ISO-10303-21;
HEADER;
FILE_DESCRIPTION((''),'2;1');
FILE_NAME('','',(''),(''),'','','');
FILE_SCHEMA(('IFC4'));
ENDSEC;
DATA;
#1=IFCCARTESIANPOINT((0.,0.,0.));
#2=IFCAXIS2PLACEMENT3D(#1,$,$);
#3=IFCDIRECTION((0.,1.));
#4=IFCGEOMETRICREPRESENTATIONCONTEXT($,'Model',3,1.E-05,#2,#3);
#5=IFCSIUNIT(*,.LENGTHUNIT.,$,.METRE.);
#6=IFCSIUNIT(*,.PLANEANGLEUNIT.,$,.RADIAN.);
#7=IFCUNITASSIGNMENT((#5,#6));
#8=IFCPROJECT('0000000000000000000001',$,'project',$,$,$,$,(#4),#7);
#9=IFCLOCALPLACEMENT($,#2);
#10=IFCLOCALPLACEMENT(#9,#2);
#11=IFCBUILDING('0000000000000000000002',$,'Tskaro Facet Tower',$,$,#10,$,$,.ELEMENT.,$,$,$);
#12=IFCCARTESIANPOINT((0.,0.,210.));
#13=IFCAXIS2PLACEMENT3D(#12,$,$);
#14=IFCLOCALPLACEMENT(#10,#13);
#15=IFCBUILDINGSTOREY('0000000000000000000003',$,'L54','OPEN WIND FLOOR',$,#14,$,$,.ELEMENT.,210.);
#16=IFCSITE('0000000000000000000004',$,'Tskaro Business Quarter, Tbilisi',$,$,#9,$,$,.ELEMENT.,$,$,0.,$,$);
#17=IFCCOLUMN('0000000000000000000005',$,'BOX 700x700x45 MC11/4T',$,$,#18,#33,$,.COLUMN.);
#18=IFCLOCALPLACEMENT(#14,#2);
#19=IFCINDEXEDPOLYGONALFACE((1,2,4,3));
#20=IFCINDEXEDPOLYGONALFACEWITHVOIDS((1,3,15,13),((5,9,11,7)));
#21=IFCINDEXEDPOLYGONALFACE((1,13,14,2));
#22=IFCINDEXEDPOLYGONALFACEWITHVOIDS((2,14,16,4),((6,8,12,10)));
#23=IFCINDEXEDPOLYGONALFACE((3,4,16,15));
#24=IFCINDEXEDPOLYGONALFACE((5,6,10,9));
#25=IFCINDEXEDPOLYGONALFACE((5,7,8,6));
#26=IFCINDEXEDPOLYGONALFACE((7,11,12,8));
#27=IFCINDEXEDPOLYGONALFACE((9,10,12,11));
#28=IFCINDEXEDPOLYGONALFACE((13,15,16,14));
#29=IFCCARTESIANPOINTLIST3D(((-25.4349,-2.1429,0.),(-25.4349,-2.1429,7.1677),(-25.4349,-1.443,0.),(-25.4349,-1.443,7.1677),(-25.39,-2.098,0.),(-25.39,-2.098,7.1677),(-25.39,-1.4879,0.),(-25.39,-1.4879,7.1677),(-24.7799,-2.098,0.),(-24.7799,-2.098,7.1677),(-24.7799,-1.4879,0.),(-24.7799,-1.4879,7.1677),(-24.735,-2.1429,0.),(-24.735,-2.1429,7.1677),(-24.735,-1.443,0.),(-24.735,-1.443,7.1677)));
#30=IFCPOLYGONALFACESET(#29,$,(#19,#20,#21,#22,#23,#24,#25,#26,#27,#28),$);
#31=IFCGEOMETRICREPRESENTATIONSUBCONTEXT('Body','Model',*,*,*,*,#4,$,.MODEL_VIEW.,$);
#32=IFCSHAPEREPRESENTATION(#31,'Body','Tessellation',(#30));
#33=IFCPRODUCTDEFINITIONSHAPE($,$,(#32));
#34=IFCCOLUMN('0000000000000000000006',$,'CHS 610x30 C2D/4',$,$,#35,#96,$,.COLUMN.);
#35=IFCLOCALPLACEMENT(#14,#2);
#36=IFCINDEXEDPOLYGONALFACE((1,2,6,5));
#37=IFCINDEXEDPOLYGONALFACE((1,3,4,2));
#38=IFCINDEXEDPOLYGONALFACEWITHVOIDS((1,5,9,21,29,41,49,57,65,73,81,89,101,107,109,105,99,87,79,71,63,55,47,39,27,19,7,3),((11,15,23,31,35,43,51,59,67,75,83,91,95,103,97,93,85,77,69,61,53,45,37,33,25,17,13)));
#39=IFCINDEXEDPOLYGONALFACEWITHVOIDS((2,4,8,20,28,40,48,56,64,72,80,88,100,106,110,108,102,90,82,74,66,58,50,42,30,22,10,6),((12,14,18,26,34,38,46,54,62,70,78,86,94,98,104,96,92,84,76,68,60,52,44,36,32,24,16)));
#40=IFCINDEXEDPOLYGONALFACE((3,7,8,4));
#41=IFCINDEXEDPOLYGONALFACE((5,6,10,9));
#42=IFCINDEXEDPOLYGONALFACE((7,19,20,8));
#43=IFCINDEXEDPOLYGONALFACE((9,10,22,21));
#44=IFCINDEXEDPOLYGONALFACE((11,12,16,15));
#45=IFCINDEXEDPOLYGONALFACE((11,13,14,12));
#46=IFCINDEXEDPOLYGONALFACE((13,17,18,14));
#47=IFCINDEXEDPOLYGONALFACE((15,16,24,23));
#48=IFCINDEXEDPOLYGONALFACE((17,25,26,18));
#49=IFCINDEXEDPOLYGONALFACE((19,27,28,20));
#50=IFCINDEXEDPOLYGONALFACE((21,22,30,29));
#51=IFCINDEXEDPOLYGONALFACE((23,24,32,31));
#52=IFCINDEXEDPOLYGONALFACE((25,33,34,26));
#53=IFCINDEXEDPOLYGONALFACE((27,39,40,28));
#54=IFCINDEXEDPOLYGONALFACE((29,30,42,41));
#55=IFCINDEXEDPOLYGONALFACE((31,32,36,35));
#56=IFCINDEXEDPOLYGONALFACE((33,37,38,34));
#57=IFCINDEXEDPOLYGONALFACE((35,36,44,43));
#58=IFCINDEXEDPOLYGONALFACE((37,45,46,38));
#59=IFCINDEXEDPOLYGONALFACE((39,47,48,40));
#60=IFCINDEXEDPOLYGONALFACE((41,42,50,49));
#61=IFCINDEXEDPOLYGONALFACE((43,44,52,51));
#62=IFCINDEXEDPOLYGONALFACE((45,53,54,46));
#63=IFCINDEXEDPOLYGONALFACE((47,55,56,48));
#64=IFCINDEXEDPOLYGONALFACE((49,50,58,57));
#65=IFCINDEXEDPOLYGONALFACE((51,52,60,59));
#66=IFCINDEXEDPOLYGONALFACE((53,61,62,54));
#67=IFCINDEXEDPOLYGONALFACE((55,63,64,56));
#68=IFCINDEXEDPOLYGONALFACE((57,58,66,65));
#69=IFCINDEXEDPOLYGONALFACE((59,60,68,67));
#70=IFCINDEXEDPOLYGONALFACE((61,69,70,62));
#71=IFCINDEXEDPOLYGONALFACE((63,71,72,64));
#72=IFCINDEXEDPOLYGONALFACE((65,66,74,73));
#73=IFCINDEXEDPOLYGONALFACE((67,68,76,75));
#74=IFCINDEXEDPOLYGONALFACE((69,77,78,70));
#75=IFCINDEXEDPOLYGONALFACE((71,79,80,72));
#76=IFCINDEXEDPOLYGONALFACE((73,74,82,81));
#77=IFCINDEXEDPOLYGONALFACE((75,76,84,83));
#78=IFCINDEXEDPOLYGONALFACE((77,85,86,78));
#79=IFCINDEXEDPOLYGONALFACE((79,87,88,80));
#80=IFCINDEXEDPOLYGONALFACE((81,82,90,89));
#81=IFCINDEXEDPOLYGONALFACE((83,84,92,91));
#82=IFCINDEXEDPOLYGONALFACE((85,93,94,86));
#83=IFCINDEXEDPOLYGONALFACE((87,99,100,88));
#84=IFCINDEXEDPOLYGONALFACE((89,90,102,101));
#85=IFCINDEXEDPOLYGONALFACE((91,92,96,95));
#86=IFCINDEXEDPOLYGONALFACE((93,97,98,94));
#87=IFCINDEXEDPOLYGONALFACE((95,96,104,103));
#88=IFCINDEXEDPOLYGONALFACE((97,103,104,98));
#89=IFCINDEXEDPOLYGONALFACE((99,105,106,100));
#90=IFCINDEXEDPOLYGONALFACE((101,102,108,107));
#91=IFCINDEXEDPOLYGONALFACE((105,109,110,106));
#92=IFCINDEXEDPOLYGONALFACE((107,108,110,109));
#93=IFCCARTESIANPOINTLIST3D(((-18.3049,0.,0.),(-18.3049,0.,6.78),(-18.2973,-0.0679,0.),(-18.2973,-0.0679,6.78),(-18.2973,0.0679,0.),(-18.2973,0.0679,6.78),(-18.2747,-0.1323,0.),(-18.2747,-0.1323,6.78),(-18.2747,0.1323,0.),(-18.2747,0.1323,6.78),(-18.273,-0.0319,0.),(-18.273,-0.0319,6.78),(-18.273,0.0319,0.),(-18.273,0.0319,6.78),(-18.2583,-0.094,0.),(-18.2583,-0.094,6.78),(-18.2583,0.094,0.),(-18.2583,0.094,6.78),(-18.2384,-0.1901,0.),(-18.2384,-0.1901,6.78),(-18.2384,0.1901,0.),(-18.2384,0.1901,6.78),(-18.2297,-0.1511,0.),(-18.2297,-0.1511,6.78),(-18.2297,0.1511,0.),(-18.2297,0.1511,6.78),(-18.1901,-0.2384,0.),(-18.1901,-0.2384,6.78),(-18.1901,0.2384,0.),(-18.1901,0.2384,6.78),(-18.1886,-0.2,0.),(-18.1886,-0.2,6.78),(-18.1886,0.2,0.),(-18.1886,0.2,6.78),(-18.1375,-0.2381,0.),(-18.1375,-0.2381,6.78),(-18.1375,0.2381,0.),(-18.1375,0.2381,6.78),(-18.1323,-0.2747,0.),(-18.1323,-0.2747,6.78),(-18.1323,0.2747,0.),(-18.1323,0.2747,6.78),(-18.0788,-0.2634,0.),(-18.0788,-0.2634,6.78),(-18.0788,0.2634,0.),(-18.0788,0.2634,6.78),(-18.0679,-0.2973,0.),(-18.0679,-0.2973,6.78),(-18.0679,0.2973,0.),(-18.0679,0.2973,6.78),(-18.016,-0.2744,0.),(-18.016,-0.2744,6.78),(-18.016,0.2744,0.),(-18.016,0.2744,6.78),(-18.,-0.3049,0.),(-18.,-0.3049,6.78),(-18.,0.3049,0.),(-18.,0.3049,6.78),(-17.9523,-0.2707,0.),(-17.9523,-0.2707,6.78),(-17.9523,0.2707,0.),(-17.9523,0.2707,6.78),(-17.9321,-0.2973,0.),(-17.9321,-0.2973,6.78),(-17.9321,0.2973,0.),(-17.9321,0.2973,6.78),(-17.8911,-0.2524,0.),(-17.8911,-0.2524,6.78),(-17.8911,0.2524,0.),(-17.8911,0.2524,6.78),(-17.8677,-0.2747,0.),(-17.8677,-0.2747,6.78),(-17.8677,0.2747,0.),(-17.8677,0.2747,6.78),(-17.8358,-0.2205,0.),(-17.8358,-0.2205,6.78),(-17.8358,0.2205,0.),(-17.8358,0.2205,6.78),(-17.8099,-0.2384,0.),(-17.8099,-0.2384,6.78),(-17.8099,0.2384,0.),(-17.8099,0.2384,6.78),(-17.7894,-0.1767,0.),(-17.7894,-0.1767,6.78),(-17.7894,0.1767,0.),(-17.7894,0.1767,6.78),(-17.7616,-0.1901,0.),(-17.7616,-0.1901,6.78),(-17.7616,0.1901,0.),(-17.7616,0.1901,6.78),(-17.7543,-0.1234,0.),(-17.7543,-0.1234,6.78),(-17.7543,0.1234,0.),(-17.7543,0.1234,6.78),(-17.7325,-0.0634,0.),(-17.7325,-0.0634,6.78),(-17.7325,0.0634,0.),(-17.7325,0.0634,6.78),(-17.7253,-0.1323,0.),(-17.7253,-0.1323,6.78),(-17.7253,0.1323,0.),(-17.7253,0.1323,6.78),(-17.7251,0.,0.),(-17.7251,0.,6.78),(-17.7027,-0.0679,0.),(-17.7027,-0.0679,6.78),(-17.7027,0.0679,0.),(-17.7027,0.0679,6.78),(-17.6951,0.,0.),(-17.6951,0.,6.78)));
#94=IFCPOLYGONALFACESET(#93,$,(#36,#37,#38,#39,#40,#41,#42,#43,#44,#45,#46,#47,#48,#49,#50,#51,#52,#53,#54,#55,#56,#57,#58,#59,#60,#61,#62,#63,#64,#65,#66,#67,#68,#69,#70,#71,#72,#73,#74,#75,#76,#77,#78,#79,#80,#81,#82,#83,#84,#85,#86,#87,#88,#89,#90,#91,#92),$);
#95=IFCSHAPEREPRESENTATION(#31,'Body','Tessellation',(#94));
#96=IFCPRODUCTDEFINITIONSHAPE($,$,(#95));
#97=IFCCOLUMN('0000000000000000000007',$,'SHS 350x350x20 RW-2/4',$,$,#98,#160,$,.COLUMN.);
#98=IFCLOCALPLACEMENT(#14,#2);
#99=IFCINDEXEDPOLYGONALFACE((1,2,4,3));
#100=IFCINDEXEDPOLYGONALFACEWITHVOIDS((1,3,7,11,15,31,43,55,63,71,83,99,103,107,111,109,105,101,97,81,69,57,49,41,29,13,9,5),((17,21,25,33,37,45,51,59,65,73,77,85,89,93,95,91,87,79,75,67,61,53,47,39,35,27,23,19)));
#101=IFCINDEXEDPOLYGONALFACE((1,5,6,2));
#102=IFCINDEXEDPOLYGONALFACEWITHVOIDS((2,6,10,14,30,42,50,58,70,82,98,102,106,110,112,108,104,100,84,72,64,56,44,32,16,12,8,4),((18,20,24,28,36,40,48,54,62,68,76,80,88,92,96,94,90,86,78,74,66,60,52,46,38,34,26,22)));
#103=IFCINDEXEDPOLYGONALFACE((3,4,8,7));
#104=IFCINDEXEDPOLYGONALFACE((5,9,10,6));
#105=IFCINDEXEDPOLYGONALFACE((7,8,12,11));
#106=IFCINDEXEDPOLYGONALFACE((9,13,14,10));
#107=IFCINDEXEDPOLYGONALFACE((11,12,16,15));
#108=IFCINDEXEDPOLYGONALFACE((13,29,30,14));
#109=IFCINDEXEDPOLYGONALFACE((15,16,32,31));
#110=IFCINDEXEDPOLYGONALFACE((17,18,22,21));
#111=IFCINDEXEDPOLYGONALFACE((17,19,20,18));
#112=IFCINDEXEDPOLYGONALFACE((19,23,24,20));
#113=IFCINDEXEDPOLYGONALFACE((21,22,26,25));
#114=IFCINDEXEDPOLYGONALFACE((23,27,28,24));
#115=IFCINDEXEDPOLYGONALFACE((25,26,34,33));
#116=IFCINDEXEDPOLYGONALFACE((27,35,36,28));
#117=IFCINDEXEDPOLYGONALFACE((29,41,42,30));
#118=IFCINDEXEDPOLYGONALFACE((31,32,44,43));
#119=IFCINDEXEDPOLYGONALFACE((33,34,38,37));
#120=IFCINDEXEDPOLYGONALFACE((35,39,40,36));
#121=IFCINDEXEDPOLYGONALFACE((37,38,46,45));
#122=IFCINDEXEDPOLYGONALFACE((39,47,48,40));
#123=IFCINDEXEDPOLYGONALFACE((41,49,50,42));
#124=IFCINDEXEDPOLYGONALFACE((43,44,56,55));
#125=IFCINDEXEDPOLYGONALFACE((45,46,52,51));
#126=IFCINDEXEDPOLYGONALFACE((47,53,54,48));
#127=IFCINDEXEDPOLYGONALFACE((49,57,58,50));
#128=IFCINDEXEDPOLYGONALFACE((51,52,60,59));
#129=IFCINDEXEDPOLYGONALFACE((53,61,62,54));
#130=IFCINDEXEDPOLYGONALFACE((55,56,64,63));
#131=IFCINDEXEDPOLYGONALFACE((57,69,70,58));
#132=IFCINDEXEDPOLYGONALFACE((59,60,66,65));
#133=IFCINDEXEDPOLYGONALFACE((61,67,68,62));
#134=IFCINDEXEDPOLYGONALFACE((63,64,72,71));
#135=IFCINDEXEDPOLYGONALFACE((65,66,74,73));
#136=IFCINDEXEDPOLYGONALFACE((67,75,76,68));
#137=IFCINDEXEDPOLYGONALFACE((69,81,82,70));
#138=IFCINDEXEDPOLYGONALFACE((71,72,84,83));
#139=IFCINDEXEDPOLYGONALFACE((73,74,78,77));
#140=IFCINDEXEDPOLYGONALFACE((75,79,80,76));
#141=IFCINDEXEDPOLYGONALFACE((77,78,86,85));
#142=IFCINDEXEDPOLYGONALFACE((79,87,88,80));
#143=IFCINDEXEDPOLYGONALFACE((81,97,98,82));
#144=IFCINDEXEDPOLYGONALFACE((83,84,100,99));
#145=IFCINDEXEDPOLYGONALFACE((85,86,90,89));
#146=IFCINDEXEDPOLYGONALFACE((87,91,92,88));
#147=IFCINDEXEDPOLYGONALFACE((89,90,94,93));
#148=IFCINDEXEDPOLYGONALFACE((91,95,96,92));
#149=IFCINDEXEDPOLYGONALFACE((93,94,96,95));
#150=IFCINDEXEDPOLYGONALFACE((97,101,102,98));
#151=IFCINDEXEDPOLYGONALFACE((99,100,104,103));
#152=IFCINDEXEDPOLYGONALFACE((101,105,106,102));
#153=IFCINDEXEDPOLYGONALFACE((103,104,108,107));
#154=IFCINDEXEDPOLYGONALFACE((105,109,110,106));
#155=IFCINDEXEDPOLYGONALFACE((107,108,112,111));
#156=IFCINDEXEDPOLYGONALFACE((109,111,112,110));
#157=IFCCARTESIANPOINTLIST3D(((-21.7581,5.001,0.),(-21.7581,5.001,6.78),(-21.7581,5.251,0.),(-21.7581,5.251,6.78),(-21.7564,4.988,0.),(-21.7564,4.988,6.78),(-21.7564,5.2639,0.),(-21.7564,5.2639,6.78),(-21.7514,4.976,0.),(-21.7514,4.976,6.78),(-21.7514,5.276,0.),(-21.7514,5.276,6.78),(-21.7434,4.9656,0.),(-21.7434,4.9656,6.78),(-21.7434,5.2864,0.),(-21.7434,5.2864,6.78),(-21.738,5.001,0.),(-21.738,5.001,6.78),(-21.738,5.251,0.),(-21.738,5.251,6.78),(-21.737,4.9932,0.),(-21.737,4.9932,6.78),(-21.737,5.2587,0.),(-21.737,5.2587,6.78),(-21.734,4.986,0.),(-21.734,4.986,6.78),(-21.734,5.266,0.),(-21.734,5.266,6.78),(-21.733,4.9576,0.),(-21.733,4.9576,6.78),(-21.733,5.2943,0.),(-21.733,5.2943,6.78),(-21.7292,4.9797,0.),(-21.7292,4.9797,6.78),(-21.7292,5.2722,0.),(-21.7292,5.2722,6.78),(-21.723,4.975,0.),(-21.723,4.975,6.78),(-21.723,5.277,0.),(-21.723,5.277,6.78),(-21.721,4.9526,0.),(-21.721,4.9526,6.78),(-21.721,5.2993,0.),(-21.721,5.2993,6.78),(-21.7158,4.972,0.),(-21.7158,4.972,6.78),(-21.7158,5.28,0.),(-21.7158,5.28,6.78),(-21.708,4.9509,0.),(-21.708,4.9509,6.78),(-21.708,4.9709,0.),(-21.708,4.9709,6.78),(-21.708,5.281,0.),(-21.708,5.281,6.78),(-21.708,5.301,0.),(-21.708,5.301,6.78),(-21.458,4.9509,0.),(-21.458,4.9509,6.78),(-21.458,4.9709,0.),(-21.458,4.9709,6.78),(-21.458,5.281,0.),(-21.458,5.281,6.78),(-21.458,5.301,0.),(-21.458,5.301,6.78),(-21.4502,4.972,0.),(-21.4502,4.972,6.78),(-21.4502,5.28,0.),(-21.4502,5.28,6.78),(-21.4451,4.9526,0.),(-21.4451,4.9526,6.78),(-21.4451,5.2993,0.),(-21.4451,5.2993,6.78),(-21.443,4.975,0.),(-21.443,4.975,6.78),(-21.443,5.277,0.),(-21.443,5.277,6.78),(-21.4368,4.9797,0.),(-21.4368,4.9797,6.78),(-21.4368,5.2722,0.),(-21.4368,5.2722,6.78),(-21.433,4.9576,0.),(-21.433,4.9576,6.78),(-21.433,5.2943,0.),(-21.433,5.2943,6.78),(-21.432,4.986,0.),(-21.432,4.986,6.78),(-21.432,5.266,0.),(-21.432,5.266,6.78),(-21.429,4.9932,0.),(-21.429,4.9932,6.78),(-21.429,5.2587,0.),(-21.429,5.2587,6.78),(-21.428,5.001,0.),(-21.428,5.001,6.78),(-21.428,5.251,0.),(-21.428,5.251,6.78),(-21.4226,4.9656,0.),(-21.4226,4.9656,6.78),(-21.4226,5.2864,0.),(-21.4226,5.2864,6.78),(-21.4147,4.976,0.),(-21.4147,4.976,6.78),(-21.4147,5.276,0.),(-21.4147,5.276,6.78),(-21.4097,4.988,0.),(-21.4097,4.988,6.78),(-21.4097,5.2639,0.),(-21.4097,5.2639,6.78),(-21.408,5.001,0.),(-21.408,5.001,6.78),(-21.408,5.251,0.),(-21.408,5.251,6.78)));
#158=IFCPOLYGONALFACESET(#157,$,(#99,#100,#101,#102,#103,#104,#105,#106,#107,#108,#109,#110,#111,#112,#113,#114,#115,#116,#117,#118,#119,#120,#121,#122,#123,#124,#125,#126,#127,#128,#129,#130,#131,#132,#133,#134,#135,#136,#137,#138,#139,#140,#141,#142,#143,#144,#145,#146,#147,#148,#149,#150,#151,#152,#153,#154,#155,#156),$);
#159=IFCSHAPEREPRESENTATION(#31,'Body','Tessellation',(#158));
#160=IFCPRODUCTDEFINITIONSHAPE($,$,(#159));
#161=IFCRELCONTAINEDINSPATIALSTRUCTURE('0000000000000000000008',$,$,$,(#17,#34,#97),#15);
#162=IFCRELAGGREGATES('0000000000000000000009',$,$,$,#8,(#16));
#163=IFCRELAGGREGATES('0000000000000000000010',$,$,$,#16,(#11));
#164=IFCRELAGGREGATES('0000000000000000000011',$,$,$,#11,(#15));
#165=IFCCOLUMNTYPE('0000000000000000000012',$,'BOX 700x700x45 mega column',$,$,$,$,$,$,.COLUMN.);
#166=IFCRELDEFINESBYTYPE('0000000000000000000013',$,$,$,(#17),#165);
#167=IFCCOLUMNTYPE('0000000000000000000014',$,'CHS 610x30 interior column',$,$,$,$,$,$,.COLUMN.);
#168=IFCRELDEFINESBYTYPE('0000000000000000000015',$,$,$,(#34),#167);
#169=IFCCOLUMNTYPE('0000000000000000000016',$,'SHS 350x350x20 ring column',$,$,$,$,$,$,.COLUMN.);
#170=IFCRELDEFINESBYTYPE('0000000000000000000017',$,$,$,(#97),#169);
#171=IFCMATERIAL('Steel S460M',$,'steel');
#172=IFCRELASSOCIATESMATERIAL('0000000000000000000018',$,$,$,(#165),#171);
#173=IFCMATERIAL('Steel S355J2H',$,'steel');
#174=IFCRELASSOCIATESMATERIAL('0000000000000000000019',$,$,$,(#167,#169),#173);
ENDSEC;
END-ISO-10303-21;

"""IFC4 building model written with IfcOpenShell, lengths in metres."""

from ifc_helpers import new_model, si_unit, direction, frame, origin, origin_2d, place, context, subcontext, project, spatial, hollow_rectangle, hollow_circle, extrude, material, material_profile, profile_set, type_object, element, save


model = new_model("IFC4")

# Units and contexts
model_context = context("Model", 3, precision=1e-05, world=origin(), true_north=direction((0.0, 1.0)))
body_context = subcontext(model_context, "Body", "Model", "MODEL_VIEW")
ifc_project = project(units=[si_unit("LENGTHUNIT", "METRE"), si_unit("PLANEANGLEUNIT", "RADIAN")], contexts=[model_context])

# Site, building, storey
site_placement = place(None, origin())
site = spatial("IfcSite", under=ifc_project, at=site_placement, Name="Tskaro Business Quarter, Tbilisi", CompositionType="ELEMENT", RefElevation=0.0)
building_placement = place(site_placement, origin())
building = spatial("IfcBuilding", under=site, at=building_placement, Name="Tskaro Facet Tower", CompositionType="ELEMENT")
storey_placement = place(building_placement, frame((0.0, 0.0, 210.0)))
storey = spatial("IfcBuildingStorey", under=building, at=storey_placement, Name="L54", Description="OPEN WIND FLOOR", CompositionType="ELEMENT", Elevation=210.0)

# Columns
ifc_material_1 = material(Name="Steel S460M", Category="steel")
ifc_material_profile_1 = material_profile(ifc_material_1, hollow_rectangle(XDim=0.7, YDim=0.7, WallThickness=0.0449, at=origin_2d()), Name="BOX 700x700x45")
ifc_profile_set_1 = profile_set([ifc_material_profile_1], Name="Steel S460M")
column_type_1 = type_object("IfcColumnType", Name="BOX 700x700x45 mega column", PredefinedType="COLUMN", material=ifc_profile_set_1)
column_1_placement = place(storey_placement, frame((-25.085, -1.793, 0.0), z_axis=(0.0, 0.0, 1.0), x_axis=(1.0, 0.0, 0.0)))
element("IfcColumn", 1, at=column_1_placement, inside=storey, type_object=column_type_1, Name="BOX 700x700x45 MC11/4T", PredefinedType="COLUMN", context=body_context, shape_type="SweptSolid", body=[
    extrude(hollow_rectangle(XDim=0.7, YDim=0.7, WallThickness=0.0449, at=origin_2d()), origin(), (0.0, 0.0, 1.0), 7.1677),
])
ifc_material_2 = material(Name="Steel S355J2H", Category="steel")
ifc_material_profile_2 = material_profile(ifc_material_2, hollow_circle(Radius=0.3049, WallThickness=0.03, at=origin_2d()), Name="CHS 610x30")
ifc_profile_set_2 = profile_set([ifc_material_profile_2], Name="Steel S355J2H")
column_type_2 = type_object("IfcColumnType", Name="CHS 610x30 interior column", PredefinedType="COLUMN", material=ifc_profile_set_2)
column_2_placement = place(storey_placement, frame((-18.0, 0.0, 0.0), z_axis=(0.0, 0.0, 1.0), x_axis=(1.0, 0.0, 0.0)))
element("IfcColumn", 2, at=column_2_placement, inside=storey, type_object=column_type_2, Name="CHS 610x30 C2D/4", PredefinedType="COLUMN", context=body_context, shape_type="SweptSolid", body=[
    extrude(hollow_circle(Radius=0.3049, WallThickness=0.03, at=origin_2d()), origin(), (0.0, 0.0, 1.0), 6.78),
])
ifc_material_profile_3 = material_profile(ifc_material_2, hollow_rectangle(XDim=0.3501, YDim=0.3501, WallThickness=0.02, InnerFilletRadius=0.03, OuterFilletRadius=0.05, at=origin_2d()), Name="SHS 350x350x20")
ifc_profile_set_3 = profile_set([ifc_material_profile_3], Name="Steel S355J2H")
column_type_3 = type_object("IfcColumnType", Name="SHS 350x350x20 ring column", PredefinedType="COLUMN", material=ifc_profile_set_3)
for number, where, z_axis, x_axis, name in (
    (3, (-21.583, 5.126, 0.0), (0.0, 0.0, 1.0), (1.0, 0.0, 0.0), "SHS 350x350x20 RW-2/4"),
):
    element("IfcColumn", number, at=place(storey_placement, frame(where, z_axis=z_axis, x_axis=x_axis)), inside=storey, type_object=column_type_3, Name=name, PredefinedType="COLUMN", context=body_context, shape_type="SweptSolid", body=[
        extrude(hollow_rectangle(XDim=0.3501, YDim=0.3501, WallThickness=0.02, InnerFilletRadius=0.03, OuterFilletRadius=0.05, at=origin_2d()), origin(), (0.0, 0.0, 1.0), 6.78),
    ])

save(model, "model.ifc")
